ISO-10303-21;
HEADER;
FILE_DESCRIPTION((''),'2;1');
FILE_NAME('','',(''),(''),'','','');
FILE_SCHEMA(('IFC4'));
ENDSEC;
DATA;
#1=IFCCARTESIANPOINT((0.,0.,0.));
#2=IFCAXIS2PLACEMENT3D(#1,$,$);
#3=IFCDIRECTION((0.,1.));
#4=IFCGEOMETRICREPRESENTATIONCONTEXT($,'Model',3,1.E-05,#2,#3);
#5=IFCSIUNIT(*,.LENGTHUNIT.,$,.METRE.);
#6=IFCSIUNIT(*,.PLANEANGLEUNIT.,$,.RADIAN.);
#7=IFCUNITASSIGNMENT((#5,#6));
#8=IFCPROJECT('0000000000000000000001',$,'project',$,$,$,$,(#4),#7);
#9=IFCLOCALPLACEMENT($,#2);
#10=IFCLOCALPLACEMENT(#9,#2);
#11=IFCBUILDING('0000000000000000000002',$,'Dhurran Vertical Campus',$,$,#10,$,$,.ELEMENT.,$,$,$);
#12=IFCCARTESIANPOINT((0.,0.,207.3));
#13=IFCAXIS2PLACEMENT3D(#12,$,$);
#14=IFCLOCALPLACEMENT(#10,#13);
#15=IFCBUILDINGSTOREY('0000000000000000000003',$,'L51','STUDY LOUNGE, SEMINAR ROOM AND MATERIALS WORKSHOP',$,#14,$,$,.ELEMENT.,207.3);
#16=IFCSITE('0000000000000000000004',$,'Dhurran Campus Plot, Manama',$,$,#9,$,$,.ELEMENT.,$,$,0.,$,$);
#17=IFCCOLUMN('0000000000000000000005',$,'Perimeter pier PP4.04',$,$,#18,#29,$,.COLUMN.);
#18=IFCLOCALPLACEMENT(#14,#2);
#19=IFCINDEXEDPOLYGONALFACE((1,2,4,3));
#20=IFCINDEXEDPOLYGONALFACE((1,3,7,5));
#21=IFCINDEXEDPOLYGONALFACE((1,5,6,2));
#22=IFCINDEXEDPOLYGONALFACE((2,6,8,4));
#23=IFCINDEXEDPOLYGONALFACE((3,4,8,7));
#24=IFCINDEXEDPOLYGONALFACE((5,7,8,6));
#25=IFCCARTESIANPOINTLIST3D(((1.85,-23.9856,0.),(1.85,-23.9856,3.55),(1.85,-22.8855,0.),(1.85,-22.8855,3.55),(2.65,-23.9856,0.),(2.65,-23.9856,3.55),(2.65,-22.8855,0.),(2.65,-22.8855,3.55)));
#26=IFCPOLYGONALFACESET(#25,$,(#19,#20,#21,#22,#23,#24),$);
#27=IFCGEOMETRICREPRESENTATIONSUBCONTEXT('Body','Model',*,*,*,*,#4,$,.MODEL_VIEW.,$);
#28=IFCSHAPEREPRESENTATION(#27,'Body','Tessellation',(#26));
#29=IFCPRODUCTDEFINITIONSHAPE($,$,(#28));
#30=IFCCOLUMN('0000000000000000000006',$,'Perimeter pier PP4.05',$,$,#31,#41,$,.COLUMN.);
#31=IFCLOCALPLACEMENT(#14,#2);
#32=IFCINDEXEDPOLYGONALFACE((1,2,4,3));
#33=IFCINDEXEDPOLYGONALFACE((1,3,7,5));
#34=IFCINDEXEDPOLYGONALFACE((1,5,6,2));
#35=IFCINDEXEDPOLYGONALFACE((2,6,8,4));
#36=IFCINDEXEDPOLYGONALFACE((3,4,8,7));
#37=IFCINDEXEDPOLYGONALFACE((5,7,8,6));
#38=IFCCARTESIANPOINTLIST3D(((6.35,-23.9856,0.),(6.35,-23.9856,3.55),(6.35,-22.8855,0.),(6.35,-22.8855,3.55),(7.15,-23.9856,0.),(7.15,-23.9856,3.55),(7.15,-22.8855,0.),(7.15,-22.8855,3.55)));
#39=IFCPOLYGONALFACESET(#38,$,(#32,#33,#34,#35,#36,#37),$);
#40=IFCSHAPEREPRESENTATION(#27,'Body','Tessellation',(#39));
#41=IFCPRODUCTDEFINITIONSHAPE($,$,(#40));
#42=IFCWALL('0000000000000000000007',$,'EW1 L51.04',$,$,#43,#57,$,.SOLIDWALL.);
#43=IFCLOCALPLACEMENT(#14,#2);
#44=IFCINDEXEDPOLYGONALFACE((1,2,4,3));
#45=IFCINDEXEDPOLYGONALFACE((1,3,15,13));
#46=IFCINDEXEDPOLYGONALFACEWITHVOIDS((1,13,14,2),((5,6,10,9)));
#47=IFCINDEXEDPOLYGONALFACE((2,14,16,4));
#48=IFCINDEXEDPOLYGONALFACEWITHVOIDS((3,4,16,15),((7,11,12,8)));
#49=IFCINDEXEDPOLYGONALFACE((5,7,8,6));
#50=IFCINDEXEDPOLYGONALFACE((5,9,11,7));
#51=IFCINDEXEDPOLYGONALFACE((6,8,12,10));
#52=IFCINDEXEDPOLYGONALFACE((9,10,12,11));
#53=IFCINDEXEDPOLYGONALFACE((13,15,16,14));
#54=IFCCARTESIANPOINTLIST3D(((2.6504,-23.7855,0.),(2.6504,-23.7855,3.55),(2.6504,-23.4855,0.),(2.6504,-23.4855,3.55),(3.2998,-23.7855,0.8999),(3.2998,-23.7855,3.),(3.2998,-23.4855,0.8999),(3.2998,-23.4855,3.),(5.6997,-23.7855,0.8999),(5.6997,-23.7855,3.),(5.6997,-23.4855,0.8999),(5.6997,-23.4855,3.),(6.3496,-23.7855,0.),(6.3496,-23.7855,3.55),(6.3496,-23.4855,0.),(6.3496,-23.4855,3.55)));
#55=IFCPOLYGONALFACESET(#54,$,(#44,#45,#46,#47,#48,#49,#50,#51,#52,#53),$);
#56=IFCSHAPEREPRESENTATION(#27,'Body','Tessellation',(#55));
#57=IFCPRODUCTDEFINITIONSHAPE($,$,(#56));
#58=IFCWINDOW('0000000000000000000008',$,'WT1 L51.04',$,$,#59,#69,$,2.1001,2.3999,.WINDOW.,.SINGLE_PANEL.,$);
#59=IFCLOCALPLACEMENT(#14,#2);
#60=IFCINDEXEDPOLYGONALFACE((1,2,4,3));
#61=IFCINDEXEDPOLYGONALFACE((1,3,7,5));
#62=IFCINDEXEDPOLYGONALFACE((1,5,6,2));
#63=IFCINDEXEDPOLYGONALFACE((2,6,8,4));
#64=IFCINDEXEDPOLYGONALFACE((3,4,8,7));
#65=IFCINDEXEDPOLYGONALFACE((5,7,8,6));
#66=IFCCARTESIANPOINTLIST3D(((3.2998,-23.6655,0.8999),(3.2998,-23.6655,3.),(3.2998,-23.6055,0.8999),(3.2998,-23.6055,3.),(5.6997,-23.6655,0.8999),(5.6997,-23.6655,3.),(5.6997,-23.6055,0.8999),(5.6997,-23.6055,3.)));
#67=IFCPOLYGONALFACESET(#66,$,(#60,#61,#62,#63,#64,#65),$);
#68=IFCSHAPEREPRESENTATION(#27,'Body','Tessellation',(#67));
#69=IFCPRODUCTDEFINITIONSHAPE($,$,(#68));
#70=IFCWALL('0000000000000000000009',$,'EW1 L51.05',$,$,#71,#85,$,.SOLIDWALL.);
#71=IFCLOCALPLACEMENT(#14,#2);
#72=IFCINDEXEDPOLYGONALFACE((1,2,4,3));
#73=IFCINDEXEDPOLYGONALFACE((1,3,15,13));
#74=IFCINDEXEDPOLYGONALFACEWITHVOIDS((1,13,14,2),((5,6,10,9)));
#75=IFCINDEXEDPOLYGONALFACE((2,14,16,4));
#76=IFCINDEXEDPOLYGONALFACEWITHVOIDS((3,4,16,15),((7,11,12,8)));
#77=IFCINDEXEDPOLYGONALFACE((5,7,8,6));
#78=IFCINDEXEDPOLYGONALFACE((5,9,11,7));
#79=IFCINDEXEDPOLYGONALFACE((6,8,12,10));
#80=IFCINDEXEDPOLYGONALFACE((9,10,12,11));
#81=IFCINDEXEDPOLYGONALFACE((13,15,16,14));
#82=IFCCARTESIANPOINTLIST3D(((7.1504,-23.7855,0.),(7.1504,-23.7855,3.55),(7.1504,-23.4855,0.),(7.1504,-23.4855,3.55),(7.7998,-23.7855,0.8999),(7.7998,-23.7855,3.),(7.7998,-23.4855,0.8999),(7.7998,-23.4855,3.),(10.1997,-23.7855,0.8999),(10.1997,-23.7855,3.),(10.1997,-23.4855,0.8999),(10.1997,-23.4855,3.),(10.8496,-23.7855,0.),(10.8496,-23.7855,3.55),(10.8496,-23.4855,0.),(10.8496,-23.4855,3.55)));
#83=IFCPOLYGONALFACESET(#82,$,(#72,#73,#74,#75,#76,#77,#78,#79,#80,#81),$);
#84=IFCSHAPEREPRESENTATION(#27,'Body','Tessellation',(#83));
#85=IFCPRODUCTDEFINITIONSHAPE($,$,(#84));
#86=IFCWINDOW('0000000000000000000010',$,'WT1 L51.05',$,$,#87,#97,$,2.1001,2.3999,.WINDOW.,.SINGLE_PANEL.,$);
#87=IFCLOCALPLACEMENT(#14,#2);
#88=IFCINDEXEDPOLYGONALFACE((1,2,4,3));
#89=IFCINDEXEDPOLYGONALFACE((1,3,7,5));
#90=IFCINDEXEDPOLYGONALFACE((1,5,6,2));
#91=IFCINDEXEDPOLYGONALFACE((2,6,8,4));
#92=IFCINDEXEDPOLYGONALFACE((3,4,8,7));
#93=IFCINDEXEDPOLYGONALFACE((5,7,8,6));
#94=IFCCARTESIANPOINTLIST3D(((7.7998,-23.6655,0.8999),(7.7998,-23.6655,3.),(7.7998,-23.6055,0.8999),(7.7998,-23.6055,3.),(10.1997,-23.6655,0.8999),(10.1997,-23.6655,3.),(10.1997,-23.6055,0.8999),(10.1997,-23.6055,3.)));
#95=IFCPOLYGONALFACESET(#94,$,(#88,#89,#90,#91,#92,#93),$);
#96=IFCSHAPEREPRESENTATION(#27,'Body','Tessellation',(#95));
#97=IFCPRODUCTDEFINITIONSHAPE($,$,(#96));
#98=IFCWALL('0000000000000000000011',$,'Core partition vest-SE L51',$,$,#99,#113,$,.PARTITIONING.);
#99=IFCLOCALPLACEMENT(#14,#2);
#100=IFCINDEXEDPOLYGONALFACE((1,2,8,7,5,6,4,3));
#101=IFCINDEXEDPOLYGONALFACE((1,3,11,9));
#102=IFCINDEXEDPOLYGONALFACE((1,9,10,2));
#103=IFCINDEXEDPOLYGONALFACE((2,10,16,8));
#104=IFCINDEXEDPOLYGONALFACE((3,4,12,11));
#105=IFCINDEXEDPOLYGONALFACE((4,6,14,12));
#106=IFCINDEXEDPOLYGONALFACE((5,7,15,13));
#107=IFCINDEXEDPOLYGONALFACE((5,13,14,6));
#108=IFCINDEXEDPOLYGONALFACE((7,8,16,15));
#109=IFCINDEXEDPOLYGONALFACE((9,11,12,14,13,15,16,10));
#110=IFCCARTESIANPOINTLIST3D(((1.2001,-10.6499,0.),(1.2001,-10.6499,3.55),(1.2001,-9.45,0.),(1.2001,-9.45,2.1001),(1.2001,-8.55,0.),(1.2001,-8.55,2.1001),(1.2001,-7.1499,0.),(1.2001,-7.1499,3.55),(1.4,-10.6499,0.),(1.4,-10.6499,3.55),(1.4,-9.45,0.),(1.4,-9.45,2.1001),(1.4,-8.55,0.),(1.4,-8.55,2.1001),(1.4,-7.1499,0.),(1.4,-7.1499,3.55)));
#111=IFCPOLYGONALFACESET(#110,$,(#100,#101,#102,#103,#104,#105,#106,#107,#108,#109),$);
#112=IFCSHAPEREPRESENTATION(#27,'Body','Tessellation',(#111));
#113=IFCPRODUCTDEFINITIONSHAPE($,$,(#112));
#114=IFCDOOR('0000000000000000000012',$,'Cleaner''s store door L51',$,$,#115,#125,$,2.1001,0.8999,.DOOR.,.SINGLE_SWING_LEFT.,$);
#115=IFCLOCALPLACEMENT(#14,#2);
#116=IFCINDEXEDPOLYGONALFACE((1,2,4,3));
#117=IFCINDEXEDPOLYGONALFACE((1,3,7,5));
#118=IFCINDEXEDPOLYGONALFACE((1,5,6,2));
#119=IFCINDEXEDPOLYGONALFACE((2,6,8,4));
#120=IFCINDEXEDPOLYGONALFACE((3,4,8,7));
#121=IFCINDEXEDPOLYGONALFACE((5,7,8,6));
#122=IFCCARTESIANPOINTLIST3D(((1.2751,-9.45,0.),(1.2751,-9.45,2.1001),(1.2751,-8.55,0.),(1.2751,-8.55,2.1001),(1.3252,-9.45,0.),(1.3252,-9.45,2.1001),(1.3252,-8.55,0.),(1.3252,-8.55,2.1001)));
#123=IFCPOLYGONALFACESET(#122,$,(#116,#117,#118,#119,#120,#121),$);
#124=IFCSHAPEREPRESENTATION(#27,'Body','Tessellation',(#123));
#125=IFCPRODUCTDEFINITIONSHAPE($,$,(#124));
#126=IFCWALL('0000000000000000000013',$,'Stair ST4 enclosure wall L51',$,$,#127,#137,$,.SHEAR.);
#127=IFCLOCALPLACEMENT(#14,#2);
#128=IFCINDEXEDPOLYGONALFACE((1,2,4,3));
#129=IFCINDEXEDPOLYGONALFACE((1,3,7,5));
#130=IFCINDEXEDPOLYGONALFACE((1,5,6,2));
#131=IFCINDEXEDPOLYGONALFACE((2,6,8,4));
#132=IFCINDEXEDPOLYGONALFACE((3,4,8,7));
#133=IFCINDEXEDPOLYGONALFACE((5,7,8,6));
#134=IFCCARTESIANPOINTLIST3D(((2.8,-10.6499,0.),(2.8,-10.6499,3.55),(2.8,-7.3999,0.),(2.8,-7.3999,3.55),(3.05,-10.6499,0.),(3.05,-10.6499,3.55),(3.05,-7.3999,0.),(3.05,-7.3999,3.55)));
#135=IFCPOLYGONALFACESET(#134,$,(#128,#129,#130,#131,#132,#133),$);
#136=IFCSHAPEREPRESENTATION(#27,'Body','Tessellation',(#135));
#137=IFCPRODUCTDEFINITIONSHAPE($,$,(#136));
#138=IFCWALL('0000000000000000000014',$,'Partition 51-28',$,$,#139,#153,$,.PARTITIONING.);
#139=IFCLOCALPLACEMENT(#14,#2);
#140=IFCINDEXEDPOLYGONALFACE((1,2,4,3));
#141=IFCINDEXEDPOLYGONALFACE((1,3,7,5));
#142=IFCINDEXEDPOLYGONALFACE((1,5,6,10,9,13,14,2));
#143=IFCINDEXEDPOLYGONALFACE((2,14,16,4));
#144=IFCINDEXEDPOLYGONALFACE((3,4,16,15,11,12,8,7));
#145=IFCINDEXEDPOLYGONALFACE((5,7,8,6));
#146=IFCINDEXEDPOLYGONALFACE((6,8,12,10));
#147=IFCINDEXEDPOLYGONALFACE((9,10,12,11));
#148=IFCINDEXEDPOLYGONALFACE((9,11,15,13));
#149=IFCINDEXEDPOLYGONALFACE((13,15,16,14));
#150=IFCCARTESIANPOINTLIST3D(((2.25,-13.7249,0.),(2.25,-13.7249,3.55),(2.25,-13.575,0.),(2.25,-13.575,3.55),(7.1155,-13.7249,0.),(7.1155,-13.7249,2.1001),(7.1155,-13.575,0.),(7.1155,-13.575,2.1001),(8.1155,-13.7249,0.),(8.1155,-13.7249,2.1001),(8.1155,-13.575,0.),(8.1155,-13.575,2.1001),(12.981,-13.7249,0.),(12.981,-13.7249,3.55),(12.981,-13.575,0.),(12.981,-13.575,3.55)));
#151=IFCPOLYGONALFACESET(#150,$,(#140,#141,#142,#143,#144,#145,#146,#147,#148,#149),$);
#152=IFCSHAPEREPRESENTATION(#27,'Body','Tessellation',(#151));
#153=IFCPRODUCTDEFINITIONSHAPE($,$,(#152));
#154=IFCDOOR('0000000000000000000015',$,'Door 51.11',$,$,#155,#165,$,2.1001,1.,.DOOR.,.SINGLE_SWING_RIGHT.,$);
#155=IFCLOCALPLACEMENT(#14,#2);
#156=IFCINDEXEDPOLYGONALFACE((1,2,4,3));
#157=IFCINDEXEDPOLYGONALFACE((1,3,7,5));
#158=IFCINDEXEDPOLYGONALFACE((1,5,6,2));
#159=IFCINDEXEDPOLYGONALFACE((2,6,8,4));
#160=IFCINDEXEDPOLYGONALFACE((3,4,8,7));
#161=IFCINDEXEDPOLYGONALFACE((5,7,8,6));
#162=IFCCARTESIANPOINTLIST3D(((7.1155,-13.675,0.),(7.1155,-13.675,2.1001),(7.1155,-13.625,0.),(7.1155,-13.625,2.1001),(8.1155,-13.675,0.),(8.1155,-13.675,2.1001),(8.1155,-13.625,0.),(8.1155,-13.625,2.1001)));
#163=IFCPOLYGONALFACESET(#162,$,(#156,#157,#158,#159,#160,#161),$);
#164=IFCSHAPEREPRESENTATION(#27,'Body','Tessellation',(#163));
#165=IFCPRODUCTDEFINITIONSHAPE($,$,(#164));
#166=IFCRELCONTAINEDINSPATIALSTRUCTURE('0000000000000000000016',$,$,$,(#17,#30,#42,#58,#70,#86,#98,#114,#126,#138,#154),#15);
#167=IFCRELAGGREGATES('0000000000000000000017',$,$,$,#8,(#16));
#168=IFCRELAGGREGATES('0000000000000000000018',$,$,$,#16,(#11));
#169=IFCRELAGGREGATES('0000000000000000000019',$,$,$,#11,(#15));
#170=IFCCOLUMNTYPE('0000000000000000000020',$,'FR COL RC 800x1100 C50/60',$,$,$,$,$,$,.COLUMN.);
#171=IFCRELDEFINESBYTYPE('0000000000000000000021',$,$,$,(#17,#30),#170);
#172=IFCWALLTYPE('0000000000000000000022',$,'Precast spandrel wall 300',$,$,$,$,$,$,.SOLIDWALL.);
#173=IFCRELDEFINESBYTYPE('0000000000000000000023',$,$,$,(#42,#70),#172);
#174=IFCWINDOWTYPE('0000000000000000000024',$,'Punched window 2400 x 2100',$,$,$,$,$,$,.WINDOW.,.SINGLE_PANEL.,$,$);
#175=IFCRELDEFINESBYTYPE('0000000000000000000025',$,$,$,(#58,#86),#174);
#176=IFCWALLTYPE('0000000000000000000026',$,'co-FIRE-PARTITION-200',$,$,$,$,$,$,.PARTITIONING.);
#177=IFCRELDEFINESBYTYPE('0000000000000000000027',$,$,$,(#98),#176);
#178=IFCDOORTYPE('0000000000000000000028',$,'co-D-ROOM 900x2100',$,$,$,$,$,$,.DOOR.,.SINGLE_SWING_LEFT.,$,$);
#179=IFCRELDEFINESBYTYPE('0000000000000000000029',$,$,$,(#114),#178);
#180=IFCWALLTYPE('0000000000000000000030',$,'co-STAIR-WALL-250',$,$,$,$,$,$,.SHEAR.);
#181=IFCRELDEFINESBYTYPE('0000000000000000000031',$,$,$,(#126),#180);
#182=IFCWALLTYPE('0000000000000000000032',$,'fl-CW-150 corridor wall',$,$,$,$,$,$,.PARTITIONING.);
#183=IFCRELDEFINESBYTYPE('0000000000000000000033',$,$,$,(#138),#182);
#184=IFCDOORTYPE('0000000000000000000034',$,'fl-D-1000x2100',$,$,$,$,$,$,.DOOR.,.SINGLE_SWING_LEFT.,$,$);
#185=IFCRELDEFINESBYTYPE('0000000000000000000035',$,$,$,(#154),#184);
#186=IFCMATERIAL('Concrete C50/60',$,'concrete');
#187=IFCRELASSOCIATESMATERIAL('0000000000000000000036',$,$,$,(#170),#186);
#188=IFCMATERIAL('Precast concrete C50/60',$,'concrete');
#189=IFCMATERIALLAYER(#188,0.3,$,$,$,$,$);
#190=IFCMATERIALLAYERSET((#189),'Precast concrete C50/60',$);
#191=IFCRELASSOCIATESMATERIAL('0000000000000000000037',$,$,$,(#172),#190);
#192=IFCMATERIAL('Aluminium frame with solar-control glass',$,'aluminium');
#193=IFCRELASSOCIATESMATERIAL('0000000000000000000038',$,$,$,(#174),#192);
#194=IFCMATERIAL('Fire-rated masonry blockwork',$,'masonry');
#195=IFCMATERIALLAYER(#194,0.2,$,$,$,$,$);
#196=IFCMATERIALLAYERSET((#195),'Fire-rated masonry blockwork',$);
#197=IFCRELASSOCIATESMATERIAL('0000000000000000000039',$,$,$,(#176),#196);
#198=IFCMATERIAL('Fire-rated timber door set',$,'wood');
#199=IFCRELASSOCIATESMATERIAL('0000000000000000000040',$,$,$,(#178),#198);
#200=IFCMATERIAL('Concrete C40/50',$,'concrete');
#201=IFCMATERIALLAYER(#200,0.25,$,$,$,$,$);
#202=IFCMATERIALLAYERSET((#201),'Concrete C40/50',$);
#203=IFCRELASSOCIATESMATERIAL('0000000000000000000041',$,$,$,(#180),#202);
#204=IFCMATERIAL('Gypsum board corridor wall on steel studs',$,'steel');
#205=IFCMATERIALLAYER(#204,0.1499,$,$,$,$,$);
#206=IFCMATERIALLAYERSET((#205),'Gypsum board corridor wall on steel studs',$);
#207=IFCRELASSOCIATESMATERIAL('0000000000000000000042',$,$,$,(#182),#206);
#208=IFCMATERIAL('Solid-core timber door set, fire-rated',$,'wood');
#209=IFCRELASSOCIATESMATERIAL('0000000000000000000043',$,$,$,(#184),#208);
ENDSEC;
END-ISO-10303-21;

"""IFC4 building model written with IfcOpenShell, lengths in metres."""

from ifc_helpers import new_model, si_unit, direction, frame, frame_2d, origin, origin_2d, place, context, subcontext, project, spatial, rectangle, extrude, material, layer, layer_set, material_profile, profile_set, type_object, element, fill, save


model = new_model("IFC4")

# Units and contexts
model_context = context("Model", 3, precision=1e-05, world=origin(), true_north=direction((0.0, 1.0)))
body_context = subcontext(model_context, "Body", "Model", "MODEL_VIEW")
ifc_project = project(units=[si_unit("LENGTHUNIT", "METRE"), si_unit("PLANEANGLEUNIT", "RADIAN")], contexts=[model_context])

# Site, building, storey
site_placement = place(None, origin())
site = spatial("IfcSite", under=ifc_project, at=site_placement, Name="Dhurran Campus Plot, Manama", CompositionType="ELEMENT", RefElevation=0.0)
building_placement = place(site_placement, origin())
building = spatial("IfcBuilding", under=site, at=building_placement, Name="Dhurran Vertical Campus", CompositionType="ELEMENT")
storey_placement = place(building_placement, frame((0.0, 0.0, 207.3)))
storey = spatial("IfcBuildingStorey", under=building, at=storey_placement, Name="L51", Description="STUDY LOUNGE, SEMINAR ROOM AND MATERIALS WORKSHOP", CompositionType="ELEMENT", Elevation=207.3)

# Columns
ifc_material_1 = material(Name="Concrete C50/60", Category="concrete")
ifc_material_profile = material_profile(ifc_material_1, rectangle(XDim=0.8, YDim=1.1001, at=origin_2d()), Name="RC 800x1100")
ifc_profile_set = profile_set([ifc_material_profile], Name="Concrete C50/60")
column_type = type_object("IfcColumnType", Name="FR COL RC 800x1100 C50/60", PredefinedType="COLUMN", material=ifc_profile_set)
for number, where, z_axis, x_axis, name in (
    (1, (2.25, -23.4355, 0.0), (0.0, 0.0, 1.0), (1.0, 0.0, 0.0), "Perimeter pier PP4.04"),
    (2, (6.75, -23.4355, 0.0), (0.0, 0.0, 1.0), (1.0, 0.0, 0.0), "Perimeter pier PP4.05"),
):
    element("IfcColumn", number, at=place(storey_placement, frame(where, z_axis=z_axis, x_axis=x_axis)), inside=storey, type_object=column_type, Name=name, PredefinedType="COLUMN", context=body_context, shape_type="SweptSolid", body=[
        extrude(rectangle(XDim=0.8, YDim=1.1001, at=origin_2d()), origin(), (0.0, 0.0, 1.0), 3.55),
    ])

# Walls, openings, windows
ifc_material_2 = material(Name="Precast concrete C50/60", Category="concrete")
ifc_layer_1 = layer(ifc_material_2, 0.3)
ifc_layer_set_1 = layer_set([ifc_layer_1], Name="Precast concrete C50/60")
wall_type_1 = type_object("IfcWallType", Name="Precast spandrel wall 300", PredefinedType="SOLIDWALL", material=ifc_layer_set_1)
wall_1_placement = place(storey_placement, frame((2.6504, -23.6355, 0.0), z_axis=(0.0, 0.0, 1.0), x_axis=(1.0, 0.0, 0.0)))
wall_1 = element("IfcWall", 3, at=wall_1_placement, inside=storey, type_object=wall_type_1, Name="EW1 L51.04", PredefinedType="SOLIDWALL", context=body_context, shape_type="SweptSolid", body=[
    extrude(rectangle(XDim=3.6992, YDim=0.3, at=frame_2d((1.8496, 0.0))), origin(), (0.0, 0.0, 1.0), 3.55),
])
opening_1_placement = place(wall_1_placement, frame((0.6494, 0.0, 0.8999)))
opening_1 = element("IfcOpeningElement", 4, at=opening_1_placement, cuts=wall_1, PredefinedType="OPENING", context=body_context, shape_type="SweptSolid", body=[
    extrude(rectangle(XDim=2.3999, YDim=2.1001, at=frame_2d((1.2, 1.05))), frame((0.0, 0.1599, 0.0), z_axis=(0.0, -1.0, 0.0), x_axis=(1.0, 0.0, 0.0)), (0.0, 0.0, 1.0), 0.3201),
])
ifc_material_3 = material(Name="Aluminium frame with solar-control glass", Category="aluminium")
window_type = type_object("IfcWindowType", Name="Punched window 2400 x 2100", PartitioningType="SINGLE_PANEL", PredefinedType="WINDOW", material=ifc_material_3)
window_1_placement = place(opening_1_placement, origin())
window_1 = element("IfcWindow", 5, at=window_1_placement, inside=storey, type_object=window_type, Name="WT1 L51.04", OverallHeight=2.1001, OverallWidth=2.3999, PartitioningType="SINGLE_PANEL", PredefinedType="WINDOW", context=body_context, shape_type="SweptSolid", body=[
    extrude(rectangle(XDim=2.3999, YDim=2.1001, at=frame_2d((1.2, 1.05))), frame((0.0, 0.03, 0.0), z_axis=(0.0, -1.0, 0.0), x_axis=(1.0, 0.0, 0.0)), (0.0, 0.0, 1.0), 0.0601),
])
fill(opening_1, window_1)
wall_2_placement = place(storey_placement, frame((7.1504, -23.6355, 0.0), z_axis=(0.0, 0.0, 1.0), x_axis=(1.0, 0.0, 0.0)))
wall_2 = element("IfcWall", 6, at=wall_2_placement, inside=storey, type_object=wall_type_1, Name="EW1 L51.05", PredefinedType="SOLIDWALL", context=body_context, shape_type="SweptSolid", body=[
    extrude(rectangle(XDim=3.6992, YDim=0.3, at=frame_2d((1.8496, 0.0))), origin(), (0.0, 0.0, 1.0), 3.55),
])
opening_2_placement = place(wall_2_placement, frame((0.6494, 0.0, 0.8999)))
opening_2 = element("IfcOpeningElement", 7, at=opening_2_placement, cuts=wall_2, PredefinedType="OPENING", context=body_context, shape_type="SweptSolid", body=[
    extrude(rectangle(XDim=2.3999, YDim=2.1001, at=frame_2d((1.2, 1.05))), frame((0.0, 0.1599, 0.0), z_axis=(0.0, -1.0, 0.0), x_axis=(1.0, 0.0, 0.0)), (0.0, 0.0, 1.0), 0.3201),
])
window_2_placement = place(opening_2_placement, origin())
window_2 = element("IfcWindow", 8, at=window_2_placement, inside=storey, type_object=window_type, Name="WT1 L51.05", OverallHeight=2.1001, OverallWidth=2.3999, PartitioningType="SINGLE_PANEL", PredefinedType="WINDOW", context=body_context, shape_type="SweptSolid", body=[
    extrude(rectangle(XDim=2.3999, YDim=2.1001, at=frame_2d((1.2, 1.05))), frame((0.0, 0.03, 0.0), z_axis=(0.0, -1.0, 0.0), x_axis=(1.0, 0.0, 0.0)), (0.0, 0.0, 1.0), 0.0601),
])
fill(opening_2, window_2)

# Wall, opening, door
ifc_material_4 = material(Name="Fire-rated masonry blockwork", Category="masonry")
ifc_layer_2 = layer(ifc_material_4, 0.2)
ifc_layer_set_2 = layer_set([ifc_layer_2], Name="Fire-rated masonry blockwork")
wall_type_2 = type_object("IfcWallType", Name="co-FIRE-PARTITION-200", PredefinedType="PARTITIONING", material=ifc_layer_set_2)
wall_3_placement = place(storey_placement, frame((1.3, -10.6499, 0.0), z_axis=(0.0, 0.0, 1.0), x_axis=(0.0, 1.0, 0.0)))
wall_3 = element("IfcWall", 9, at=wall_3_placement, inside=storey, type_object=wall_type_2, Name="Core partition vest-SE L51", PredefinedType="PARTITIONING", context=body_context, shape_type="SweptSolid", body=[
    extrude(rectangle(XDim=3.5, YDim=0.2, at=frame_2d((1.75, 0.0))), origin(), (0.0, 0.0, 1.0), 3.55),
])
opening_3_placement = place(wall_3_placement, frame((1.2, 0.0, 0.0)))
opening_3 = element("IfcOpeningElement", 10, at=opening_3_placement, cuts=wall_3, PredefinedType="OPENING", context=body_context, shape_type="SweptSolid", body=[
    extrude(rectangle(XDim=0.8999, YDim=2.1001, at=frame_2d((0.45, 1.05))), frame((0.0, 0.1099, 0.0), z_axis=(0.0, -1.0, 0.0), x_axis=(1.0, 0.0, 0.0)), (0.0, 0.0, 1.0), 0.22),
])
ifc_material_5 = material(Name="Fire-rated timber door set", Category="wood")
door_type_1 = type_object("IfcDoorType", Name="co-D-ROOM 900x2100", OperationType="SINGLE_SWING_LEFT", PredefinedType="DOOR", material=ifc_material_5)
door_1_placement = place(opening_3_placement, origin())
door_1 = element("IfcDoor", 11, at=door_1_placement, inside=storey, type_object=door_type_1, Name="Cleaner's store door L51", OperationType="SINGLE_SWING_LEFT", OverallHeight=2.1001, OverallWidth=0.8999, PredefinedType="DOOR", context=body_context, shape_type="SweptSolid", body=[
    extrude(rectangle(XDim=0.8999, YDim=2.1001, at=frame_2d((0.45, 1.05))), frame((0.0, 0.0249, 0.0), z_axis=(0.0, -1.0, 0.0), x_axis=(1.0, 0.0, 0.0)), (0.0, 0.0, 1.0), 0.05),
])
fill(opening_3, door_1)

# Wall
ifc_material_6 = material(Name="Concrete C40/50", Category="concrete")
ifc_layer_3 = layer(ifc_material_6, 0.25)
ifc_layer_set_3 = layer_set([ifc_layer_3], Name="Concrete C40/50")
wall_type_3 = type_object("IfcWallType", Name="co-STAIR-WALL-250", PredefinedType="SHEAR", material=ifc_layer_set_3)
wall_4_placement = place(storey_placement, frame((2.925, -10.6499, 0.0), z_axis=(0.0, 0.0, 1.0), x_axis=(0.0, 1.0, 0.0)))
element("IfcWall", 12, at=wall_4_placement, inside=storey, type_object=wall_type_3, Name="Stair ST4 enclosure wall L51", PredefinedType="SHEAR", context=body_context, shape_type="SweptSolid", body=[
    extrude(rectangle(XDim=3.25, YDim=0.25, at=frame_2d((1.625, 0.0))), origin(), (0.0, 0.0, 1.0), 3.55),
])

# Wall, opening, door
ifc_material_7 = material(Name="Gypsum board corridor wall on steel studs", Category="steel")
ifc_layer_4 = layer(ifc_material_7, 0.1499)
ifc_layer_set_4 = layer_set([ifc_layer_4], Name="Gypsum board corridor wall on steel studs")
wall_type_4 = type_object("IfcWallType", Name="fl-CW-150 corridor wall", PredefinedType="PARTITIONING", material=ifc_layer_set_4)
wall_5_placement = place(storey_placement, frame((2.25, -13.6499, 0.0), z_axis=(0.0, 0.0, 1.0), x_axis=(1.0, 0.0, 0.0)))
wall_5 = element("IfcWall", 13, at=wall_5_placement, inside=storey, type_object=wall_type_4, Name="Partition 51-28", PredefinedType="PARTITIONING", context=body_context, shape_type="SweptSolid", body=[
    extrude(rectangle(XDim=10.731, YDim=0.1499, at=frame_2d((5.3655, 0.0))), origin(), (0.0, 0.0, 1.0), 3.55),
])
opening_4_placement = place(wall_5_placement, frame((4.8655, 0.0, 0.0)))
opening_4 = element("IfcOpeningElement", 14, at=opening_4_placement, cuts=wall_5, PredefinedType="OPENING", context=body_context, shape_type="SweptSolid", body=[
    extrude(rectangle(XDim=1.0, YDim=2.1001, at=frame_2d((0.5, 1.05))), frame((0.0, 0.085, 0.0), z_axis=(0.0, -1.0, 0.0), x_axis=(1.0, 0.0, 0.0)), (0.0, 0.0, 1.0), 0.1699),
])
ifc_material_8 = material(Name="Solid-core timber door set, fire-rated", Category="wood")
door_type_2 = type_object("IfcDoorType", Name="fl-D-1000x2100", OperationType="SINGLE_SWING_LEFT", PredefinedType="DOOR", material=ifc_material_8)
door_2_placement = place(opening_4_placement, origin())
door_2 = element("IfcDoor", 15, at=door_2_placement, inside=storey, type_object=door_type_2, Name="Door 51.11", OperationType="SINGLE_SWING_RIGHT", OverallHeight=2.1001, OverallWidth=1.0, PredefinedType="DOOR", context=body_context, shape_type="SweptSolid", body=[
    extrude(rectangle(XDim=1.0, YDim=2.1001, at=frame_2d((0.5, 1.05))), frame((0.0, 0.0249, 0.0), z_axis=(0.0, -1.0, 0.0), x_axis=(1.0, 0.0, 0.0)), (0.0, 0.0, 1.0), 0.05),
])
fill(opening_4, door_2)

save(model, "model.ifc")
